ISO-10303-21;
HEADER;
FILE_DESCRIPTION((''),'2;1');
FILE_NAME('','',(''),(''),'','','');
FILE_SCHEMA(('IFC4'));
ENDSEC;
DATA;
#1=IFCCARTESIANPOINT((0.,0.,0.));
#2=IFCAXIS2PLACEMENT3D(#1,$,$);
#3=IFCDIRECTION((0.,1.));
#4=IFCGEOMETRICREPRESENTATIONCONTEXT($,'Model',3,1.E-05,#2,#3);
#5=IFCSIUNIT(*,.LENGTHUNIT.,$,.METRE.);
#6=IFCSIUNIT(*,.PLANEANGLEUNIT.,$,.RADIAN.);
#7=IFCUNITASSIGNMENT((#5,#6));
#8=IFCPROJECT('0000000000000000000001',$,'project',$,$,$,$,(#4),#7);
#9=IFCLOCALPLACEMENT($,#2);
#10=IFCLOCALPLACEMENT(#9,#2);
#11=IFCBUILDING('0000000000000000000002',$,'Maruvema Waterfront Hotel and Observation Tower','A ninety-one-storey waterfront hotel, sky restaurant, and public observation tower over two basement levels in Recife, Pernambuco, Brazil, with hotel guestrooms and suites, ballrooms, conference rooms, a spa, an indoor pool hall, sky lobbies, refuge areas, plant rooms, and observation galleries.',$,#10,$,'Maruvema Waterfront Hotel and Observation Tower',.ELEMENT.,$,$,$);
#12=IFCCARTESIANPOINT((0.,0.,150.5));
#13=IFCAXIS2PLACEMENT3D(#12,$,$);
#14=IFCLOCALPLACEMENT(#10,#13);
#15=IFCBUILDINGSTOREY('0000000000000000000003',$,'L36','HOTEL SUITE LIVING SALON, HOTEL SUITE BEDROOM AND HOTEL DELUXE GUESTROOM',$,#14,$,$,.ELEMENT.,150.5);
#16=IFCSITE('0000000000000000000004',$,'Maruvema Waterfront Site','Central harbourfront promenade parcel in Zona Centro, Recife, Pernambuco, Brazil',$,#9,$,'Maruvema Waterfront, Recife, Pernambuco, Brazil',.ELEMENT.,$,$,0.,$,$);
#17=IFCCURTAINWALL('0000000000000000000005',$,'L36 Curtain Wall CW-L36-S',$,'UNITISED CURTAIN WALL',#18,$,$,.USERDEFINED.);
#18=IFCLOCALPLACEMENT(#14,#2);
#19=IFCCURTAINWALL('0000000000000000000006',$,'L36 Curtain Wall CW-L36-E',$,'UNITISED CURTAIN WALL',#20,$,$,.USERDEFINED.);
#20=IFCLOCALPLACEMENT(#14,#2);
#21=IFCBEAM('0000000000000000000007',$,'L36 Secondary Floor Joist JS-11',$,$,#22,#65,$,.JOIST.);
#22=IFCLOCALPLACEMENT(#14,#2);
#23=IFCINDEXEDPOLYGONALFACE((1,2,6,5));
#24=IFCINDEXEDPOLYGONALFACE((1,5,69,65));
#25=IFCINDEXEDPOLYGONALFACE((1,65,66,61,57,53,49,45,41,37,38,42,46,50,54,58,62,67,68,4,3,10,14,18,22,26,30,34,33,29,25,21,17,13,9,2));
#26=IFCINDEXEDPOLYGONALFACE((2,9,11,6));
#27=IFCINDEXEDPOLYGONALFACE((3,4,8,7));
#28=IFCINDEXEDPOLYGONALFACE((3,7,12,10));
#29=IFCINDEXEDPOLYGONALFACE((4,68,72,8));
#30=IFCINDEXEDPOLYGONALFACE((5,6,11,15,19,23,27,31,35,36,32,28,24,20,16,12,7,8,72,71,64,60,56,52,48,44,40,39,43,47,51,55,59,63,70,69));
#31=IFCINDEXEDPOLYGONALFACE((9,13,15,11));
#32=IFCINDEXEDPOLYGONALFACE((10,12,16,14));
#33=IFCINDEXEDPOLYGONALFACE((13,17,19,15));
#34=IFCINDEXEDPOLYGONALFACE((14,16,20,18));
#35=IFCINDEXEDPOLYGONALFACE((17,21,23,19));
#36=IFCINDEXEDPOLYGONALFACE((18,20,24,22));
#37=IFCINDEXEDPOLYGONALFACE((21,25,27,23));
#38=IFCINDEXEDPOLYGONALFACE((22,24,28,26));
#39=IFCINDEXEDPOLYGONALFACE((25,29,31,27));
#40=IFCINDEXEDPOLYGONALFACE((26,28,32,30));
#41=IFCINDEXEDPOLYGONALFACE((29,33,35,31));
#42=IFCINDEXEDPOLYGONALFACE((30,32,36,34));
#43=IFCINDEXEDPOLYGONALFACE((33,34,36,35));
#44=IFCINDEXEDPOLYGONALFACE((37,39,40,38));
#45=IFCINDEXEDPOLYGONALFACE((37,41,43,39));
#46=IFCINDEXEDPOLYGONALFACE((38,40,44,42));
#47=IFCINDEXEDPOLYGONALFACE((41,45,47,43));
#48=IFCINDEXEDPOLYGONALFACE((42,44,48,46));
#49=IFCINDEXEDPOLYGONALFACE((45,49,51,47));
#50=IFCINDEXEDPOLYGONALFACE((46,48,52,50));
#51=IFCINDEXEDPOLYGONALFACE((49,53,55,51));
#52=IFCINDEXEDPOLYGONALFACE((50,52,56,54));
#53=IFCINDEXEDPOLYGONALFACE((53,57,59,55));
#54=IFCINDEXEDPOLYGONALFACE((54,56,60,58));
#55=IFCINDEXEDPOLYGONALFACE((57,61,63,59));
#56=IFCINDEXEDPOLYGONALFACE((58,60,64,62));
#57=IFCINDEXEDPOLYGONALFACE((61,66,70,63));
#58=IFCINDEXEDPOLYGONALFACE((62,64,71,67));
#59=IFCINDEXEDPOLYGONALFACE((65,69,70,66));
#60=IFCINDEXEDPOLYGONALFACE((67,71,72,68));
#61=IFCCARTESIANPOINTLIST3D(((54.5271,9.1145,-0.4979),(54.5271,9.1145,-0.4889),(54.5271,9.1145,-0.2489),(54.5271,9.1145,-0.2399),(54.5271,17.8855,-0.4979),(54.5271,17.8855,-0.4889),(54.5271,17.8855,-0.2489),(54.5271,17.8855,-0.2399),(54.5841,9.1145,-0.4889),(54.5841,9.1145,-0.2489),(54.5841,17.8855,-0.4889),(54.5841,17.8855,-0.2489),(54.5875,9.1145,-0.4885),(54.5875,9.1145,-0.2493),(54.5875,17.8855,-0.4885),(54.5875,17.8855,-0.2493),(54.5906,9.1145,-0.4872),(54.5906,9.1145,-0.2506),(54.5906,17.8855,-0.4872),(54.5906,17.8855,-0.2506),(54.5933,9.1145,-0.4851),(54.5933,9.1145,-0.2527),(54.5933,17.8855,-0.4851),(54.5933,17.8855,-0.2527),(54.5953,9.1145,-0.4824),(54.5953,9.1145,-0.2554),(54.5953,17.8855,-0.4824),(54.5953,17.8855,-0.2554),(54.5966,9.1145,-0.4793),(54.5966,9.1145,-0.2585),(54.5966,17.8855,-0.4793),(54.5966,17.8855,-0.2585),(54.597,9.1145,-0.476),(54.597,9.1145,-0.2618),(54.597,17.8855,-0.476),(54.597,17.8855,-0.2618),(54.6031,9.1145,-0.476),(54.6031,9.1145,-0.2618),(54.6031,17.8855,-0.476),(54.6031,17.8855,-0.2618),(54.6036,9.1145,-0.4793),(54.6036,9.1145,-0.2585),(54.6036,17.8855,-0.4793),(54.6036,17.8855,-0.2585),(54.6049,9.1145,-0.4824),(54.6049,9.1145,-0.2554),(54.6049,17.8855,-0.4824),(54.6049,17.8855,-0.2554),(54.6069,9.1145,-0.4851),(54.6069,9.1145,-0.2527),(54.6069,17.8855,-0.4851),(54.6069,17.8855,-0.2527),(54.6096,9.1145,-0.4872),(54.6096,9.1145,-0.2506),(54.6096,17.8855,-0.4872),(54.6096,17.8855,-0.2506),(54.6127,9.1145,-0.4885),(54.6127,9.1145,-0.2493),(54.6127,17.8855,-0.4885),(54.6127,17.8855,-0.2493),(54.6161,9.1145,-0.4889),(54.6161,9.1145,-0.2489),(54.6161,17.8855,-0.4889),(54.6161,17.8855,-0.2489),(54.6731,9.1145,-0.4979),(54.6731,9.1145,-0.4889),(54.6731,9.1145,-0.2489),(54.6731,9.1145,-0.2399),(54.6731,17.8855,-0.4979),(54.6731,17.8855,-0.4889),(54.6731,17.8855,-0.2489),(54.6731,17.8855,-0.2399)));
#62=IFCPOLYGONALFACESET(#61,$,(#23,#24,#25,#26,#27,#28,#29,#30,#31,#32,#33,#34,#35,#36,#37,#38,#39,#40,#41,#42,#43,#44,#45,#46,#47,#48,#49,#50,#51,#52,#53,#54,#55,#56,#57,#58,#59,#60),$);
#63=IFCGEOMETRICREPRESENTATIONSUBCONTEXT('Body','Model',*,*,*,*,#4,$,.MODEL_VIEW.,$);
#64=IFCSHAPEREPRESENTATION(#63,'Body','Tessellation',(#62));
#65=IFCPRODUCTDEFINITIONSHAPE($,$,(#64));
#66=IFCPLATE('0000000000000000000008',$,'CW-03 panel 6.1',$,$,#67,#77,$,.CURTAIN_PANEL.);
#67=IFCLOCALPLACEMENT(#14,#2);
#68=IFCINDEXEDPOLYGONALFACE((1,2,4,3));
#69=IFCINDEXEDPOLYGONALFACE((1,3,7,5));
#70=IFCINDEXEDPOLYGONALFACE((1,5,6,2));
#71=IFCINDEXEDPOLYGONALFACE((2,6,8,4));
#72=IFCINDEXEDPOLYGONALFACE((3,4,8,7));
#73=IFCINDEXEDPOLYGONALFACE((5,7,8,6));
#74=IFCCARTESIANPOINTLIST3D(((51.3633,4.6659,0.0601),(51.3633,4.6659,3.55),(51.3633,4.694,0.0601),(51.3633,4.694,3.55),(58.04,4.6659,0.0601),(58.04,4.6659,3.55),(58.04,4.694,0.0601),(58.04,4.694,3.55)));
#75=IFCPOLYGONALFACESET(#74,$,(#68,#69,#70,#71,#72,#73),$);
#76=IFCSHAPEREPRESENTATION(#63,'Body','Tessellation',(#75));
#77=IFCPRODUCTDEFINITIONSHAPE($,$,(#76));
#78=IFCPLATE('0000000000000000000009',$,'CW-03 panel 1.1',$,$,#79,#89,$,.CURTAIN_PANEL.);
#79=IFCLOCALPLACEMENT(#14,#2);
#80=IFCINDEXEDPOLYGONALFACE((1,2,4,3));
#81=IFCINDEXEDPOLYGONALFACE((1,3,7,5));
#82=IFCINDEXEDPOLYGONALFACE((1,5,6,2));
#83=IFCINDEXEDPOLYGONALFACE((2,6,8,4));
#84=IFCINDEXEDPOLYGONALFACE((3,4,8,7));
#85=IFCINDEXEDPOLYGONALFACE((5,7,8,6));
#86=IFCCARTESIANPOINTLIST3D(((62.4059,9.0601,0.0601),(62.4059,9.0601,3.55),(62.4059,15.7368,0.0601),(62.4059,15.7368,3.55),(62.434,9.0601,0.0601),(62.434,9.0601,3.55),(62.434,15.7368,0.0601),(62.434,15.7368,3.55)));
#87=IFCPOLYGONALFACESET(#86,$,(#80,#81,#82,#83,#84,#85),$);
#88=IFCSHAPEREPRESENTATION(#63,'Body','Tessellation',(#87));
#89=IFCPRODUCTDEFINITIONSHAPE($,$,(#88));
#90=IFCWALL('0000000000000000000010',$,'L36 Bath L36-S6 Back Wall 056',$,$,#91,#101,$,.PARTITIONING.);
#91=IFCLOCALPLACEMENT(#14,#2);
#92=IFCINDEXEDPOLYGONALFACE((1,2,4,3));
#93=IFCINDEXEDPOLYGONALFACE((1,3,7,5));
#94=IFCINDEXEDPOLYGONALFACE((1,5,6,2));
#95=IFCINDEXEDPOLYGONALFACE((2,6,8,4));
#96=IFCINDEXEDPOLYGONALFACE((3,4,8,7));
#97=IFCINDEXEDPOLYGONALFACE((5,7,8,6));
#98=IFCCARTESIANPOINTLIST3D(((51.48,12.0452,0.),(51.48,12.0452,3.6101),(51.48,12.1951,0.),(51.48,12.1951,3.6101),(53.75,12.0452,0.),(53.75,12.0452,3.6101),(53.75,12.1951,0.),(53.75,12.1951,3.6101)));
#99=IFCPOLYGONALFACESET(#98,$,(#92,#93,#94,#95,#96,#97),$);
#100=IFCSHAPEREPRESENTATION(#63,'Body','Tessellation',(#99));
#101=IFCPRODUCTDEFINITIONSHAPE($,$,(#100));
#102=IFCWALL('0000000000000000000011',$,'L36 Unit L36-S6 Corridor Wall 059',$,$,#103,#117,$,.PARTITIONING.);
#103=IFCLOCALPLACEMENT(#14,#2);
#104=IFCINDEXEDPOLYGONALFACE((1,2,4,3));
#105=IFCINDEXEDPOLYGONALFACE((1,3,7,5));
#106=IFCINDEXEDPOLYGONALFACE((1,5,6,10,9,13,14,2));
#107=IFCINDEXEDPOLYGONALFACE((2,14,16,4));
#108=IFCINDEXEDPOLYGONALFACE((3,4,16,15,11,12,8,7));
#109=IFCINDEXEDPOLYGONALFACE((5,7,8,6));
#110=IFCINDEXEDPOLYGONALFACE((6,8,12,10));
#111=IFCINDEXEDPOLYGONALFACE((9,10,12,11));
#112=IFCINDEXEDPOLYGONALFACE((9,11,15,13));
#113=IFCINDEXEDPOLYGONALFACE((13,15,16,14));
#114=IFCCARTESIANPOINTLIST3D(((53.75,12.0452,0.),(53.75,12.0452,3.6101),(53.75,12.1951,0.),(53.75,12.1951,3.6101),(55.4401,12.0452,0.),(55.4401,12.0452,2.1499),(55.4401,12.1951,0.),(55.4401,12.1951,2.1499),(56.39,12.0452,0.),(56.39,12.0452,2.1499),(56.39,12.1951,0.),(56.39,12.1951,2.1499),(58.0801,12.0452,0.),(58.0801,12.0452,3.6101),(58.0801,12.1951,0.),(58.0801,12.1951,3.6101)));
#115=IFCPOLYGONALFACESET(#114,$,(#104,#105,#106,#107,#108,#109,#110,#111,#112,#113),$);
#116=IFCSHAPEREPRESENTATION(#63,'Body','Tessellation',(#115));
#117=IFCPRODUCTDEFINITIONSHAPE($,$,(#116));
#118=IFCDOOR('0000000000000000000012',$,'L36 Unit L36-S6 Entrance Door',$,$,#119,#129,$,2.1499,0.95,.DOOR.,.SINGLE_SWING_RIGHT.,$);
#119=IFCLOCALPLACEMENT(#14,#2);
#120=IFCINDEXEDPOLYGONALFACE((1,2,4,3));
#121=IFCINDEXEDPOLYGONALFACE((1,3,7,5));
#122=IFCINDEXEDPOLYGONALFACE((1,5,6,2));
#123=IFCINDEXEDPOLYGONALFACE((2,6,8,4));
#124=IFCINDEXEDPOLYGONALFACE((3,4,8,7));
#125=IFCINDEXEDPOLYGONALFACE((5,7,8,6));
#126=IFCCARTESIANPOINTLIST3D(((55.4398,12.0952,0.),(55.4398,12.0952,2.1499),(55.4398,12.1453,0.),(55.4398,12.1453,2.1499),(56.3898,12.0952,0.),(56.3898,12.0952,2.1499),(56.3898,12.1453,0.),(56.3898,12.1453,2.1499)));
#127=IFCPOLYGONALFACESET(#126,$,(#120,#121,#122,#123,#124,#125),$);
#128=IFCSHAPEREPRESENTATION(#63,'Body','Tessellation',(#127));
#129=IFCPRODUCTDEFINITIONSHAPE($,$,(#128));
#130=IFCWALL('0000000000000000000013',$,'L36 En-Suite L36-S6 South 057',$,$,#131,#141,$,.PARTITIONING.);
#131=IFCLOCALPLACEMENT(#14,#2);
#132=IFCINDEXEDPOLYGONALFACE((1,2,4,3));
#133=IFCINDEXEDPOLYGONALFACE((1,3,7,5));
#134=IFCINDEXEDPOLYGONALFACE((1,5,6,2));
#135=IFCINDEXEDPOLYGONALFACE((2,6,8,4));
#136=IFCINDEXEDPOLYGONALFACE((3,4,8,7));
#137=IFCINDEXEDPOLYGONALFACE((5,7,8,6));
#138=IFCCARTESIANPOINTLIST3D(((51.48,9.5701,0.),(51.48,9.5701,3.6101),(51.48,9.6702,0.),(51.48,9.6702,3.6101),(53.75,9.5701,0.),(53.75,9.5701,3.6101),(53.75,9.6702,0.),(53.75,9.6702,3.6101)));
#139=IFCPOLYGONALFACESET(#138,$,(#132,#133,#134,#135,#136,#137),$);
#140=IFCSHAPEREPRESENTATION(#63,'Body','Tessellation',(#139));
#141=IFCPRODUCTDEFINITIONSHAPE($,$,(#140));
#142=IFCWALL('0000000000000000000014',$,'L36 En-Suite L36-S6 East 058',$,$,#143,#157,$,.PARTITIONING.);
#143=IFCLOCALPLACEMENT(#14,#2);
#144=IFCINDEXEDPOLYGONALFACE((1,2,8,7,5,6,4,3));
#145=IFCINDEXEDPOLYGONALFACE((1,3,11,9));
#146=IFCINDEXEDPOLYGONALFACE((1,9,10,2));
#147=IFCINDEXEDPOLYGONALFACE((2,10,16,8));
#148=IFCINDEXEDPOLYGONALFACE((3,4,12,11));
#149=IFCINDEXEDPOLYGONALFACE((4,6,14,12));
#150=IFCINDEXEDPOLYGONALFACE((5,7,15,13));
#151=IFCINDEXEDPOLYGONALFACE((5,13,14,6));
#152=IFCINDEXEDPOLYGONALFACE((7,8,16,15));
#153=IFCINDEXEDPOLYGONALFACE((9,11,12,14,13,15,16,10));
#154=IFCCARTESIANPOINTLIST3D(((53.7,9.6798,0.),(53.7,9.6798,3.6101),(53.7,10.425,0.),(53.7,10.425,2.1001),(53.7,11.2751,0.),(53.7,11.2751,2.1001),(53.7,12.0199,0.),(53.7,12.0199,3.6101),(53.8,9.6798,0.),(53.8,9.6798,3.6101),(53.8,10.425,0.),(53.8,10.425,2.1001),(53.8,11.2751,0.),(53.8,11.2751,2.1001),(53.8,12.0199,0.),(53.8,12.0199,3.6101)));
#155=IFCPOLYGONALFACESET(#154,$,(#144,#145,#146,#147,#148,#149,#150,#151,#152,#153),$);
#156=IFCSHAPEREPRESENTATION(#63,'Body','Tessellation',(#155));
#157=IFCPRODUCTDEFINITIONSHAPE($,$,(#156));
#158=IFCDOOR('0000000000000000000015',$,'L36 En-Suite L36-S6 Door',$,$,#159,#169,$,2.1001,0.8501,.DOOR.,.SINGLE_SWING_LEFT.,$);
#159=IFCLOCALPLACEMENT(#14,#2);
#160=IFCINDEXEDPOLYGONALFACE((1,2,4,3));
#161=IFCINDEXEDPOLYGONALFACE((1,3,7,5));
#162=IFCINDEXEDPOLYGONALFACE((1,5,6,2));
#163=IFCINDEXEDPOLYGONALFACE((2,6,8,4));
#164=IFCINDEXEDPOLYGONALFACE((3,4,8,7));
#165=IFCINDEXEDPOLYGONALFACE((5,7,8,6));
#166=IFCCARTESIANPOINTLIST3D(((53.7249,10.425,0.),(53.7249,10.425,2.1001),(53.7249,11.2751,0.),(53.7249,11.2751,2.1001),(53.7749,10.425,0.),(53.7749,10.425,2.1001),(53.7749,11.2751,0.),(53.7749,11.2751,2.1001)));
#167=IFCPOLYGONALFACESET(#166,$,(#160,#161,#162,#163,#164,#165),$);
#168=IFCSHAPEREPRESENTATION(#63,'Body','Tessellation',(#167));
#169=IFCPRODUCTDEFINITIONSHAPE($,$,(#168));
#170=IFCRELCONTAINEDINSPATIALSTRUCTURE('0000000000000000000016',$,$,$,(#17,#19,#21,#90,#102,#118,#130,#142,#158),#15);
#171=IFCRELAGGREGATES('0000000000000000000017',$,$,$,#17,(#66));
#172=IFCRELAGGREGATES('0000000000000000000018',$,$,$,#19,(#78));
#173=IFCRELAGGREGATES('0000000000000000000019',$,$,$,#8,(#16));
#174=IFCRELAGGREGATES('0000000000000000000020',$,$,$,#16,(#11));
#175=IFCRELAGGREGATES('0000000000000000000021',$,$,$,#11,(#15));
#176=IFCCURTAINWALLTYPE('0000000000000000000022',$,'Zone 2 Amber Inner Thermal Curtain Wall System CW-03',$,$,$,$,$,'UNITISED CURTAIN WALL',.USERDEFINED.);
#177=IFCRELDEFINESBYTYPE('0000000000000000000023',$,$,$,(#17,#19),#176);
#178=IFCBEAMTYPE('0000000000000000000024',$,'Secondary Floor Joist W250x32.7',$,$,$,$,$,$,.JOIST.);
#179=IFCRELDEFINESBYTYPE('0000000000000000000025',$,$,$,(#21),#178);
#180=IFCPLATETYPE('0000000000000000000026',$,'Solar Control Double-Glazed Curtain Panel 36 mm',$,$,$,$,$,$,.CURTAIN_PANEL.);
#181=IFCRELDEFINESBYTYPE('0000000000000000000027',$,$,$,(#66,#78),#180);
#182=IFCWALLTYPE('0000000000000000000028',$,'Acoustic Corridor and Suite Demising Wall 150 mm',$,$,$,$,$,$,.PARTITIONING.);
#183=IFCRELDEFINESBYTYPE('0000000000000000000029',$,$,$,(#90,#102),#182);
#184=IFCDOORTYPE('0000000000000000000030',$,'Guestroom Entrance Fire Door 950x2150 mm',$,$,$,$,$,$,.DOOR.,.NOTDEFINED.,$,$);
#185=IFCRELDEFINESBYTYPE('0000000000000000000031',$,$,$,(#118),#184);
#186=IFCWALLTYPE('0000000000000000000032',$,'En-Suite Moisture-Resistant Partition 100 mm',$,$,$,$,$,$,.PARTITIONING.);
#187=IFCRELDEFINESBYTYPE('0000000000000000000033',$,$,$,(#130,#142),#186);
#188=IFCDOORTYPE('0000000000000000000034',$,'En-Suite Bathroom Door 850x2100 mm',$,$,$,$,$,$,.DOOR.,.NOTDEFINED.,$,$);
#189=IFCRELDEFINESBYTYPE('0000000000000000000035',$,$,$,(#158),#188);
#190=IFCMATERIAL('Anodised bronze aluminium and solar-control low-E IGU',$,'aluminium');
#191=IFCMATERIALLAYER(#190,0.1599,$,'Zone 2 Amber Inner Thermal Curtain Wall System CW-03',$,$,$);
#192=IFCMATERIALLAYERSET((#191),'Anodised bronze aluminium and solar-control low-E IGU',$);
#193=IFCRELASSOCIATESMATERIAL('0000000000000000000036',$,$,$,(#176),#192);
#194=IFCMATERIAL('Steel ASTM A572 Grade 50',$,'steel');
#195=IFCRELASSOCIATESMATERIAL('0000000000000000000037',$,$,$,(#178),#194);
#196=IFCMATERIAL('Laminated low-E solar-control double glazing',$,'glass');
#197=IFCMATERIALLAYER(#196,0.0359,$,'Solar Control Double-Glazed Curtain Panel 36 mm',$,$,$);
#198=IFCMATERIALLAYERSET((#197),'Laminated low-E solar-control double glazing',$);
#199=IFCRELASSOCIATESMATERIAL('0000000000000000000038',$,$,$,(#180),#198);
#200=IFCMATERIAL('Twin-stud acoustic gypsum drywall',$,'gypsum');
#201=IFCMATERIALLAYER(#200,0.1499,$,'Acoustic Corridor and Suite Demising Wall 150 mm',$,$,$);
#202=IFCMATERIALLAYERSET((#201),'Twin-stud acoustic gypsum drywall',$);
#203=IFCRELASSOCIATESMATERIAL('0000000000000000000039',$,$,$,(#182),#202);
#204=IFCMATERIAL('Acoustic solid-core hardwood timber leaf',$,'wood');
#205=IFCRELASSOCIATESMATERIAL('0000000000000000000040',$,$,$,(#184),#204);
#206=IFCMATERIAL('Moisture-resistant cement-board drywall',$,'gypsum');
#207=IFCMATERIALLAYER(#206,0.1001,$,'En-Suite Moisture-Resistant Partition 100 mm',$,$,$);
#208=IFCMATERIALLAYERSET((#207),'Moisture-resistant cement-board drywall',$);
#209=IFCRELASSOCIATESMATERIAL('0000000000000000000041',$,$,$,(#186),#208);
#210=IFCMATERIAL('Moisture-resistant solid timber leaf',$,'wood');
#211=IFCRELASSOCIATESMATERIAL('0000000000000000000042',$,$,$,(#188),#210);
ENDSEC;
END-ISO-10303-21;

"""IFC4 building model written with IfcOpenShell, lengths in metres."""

from ifc_helpers import new_model, si_unit, direction, frame, frame_2d, origin, origin_2d, place, context, subcontext, project, spatial, rectangle, i_section, extrude, material, layer, layer_set, material_profile, profile_set, type_object, element, fill, aggregate, save


model = new_model("IFC4")

# Units and contexts
model_context = context("Model", 3, precision=1e-05, world=origin(), true_north=direction((0.0, 1.0)))
body_context = subcontext(model_context, "Body", "Model", "MODEL_VIEW")
ifc_project = project(units=[si_unit("LENGTHUNIT", "METRE"), si_unit("PLANEANGLEUNIT", "RADIAN")], contexts=[model_context])

# Site, building, storey
site_placement = place(None, origin())
site = spatial("IfcSite", under=ifc_project, at=site_placement, Name="Maruvema Waterfront Site", Description="Central harbourfront promenade parcel in Zona Centro, Recife, Pernambuco, Brazil", LongName="Maruvema Waterfront, Recife, Pernambuco, Brazil", CompositionType="ELEMENT", RefElevation=0.0)
building_placement = place(site_placement, origin())
building = spatial("IfcBuilding", under=site, at=building_placement, Name="Maruvema Waterfront Hotel and Observation Tower", Description="A ninety-one-storey waterfront hotel, sky restaurant, and public observation tower over two basement levels in Recife, Pernambuco, Brazil, with hotel guestrooms and suites, ballrooms, conference rooms, a spa, an indoor pool hall, sky lobbies, refuge areas, plant rooms, and observation galleries.", LongName="Maruvema Waterfront Hotel and Observation Tower", CompositionType="ELEMENT")
storey_placement = place(building_placement, frame((0.0, 0.0, 150.5)))
storey = spatial("IfcBuildingStorey", under=building, at=storey_placement, Name="L36", Description="HOTEL SUITE LIVING SALON, HOTEL SUITE BEDROOM AND HOTEL DELUXE GUESTROOM", CompositionType="ELEMENT", Elevation=150.5)

# Curtain walls
ifc_material_1 = material(Name="Anodised bronze aluminium and solar-control low-E IGU", Category="aluminium")
ifc_layer_1 = layer(ifc_material_1, 0.1599, Name="Zone 2 Amber Inner Thermal Curtain Wall System CW-03")
ifc_layer_set_1 = layer_set([ifc_layer_1], Name="Anodised bronze aluminium and solar-control low-E IGU")
curtain_wall_type = type_object("IfcCurtainWallType", Name="Zone 2 Amber Inner Thermal Curtain Wall System CW-03", ElementType="UNITISED CURTAIN WALL", PredefinedType="USERDEFINED", material=ifc_layer_set_1)
curtain_wall_1_placement = place(storey_placement, origin())
curtain_wall_1 = element("IfcCurtainWall", 1, at=curtain_wall_1_placement, inside=storey, type_object=curtain_wall_type, Name="L36 Curtain Wall CW-L36-S", ObjectType="UNITISED CURTAIN WALL", PredefinedType="USERDEFINED")
curtain_wall_2_placement = place(storey_placement, origin())
curtain_wall_2 = element("IfcCurtainWall", 2, at=curtain_wall_2_placement, inside=storey, type_object=curtain_wall_type, Name="L36 Curtain Wall CW-L36-E", ObjectType="UNITISED CURTAIN WALL", PredefinedType="USERDEFINED")

# Beam
ifc_material_2 = material(Name="Steel ASTM A572 Grade 50", Category="steel")
ifc_material_profile_1 = material_profile(ifc_material_2, i_section(OverallWidth=0.146, OverallDepth=0.2581, WebThickness=0.0061, FlangeThickness=0.009, FilletRadius=0.0129, at=origin_2d()), Name="W250x32.7")
ifc_profile_set_1 = profile_set([ifc_material_profile_1], Name="Steel ASTM A572 Grade 50")
beam_type_1 = type_object("IfcBeamType", Name="Secondary Floor Joist W250x32.7", PredefinedType="JOIST", material=ifc_profile_set_1)
beam_1_placement = place(storey_placement, frame((54.6001, 9.1145, -0.3689), z_axis=(0.0, 1.0, 0.0), x_axis=(-1.0, 0.0, 0.0)))
element("IfcBeam", 3, at=beam_1_placement, inside=storey, type_object=beam_type_1, Name="L36 Secondary Floor Joist JS-11", PredefinedType="JOIST", context=body_context, shape_type="SweptSolid", body=[
    extrude(i_section(OverallWidth=0.146, OverallDepth=0.2581, WebThickness=0.0061, FlangeThickness=0.009, FilletRadius=0.0129, at=origin_2d()), origin(), (0.0, 0.0, 1.0), 8.771),
])

# Plates
ifc_material_3 = material(Name="Laminated low-E solar-control double glazing", Category="glass")
ifc_layer_2 = layer(ifc_material_3, 0.0359, Name="Solar Control Double-Glazed Curtain Panel 36 mm")
ifc_layer_set_2 = layer_set([ifc_layer_2], Name="Laminated low-E solar-control double glazing")
plate_type = type_object("IfcPlateType", Name="Solar Control Double-Glazed Curtain Panel 36 mm", PredefinedType="CURTAIN_PANEL", material=ifc_layer_set_2)
plate_1_placement = place(storey_placement, frame((54.7017, 4.6799, 0.0601), z_axis=(0.0, 0.0, 1.0), x_axis=(1.0, 0.0, 0.0)))
plate_1 = element("IfcPlate", 4, at=plate_1_placement, type_object=plate_type, Name="CW-03 panel 6.1", PredefinedType="CURTAIN_PANEL", context=body_context, shape_type="SweptSolid", body=[
    extrude(rectangle(XDim=6.6768, YDim=0.0281, at=origin_2d()), origin(), (0.0, 0.0, 1.0), 3.49),
])
aggregate(curtain_wall_1, [plate_1])
plate_2_placement = place(storey_placement, frame((62.4199, 12.3984, 0.0601), z_axis=(0.0, 0.0, 1.0), x_axis=(0.0, 1.0, 0.0)))
plate_2 = element("IfcPlate", 5, at=plate_2_placement, type_object=plate_type, Name="CW-03 panel 1.1", PredefinedType="CURTAIN_PANEL", context=body_context, shape_type="SweptSolid", body=[
    extrude(rectangle(XDim=6.6768, YDim=0.0281, at=origin_2d()), origin(), (0.0, 0.0, 1.0), 3.49),
])
aggregate(curtain_wall_2, [plate_2])

# Wall
ifc_material_4 = material(Name="Twin-stud acoustic gypsum drywall", Category="gypsum")
ifc_layer_3 = layer(ifc_material_4, 0.1499, Name="Acoustic Corridor and Suite Demising Wall 150 mm")
ifc_layer_set_3 = layer_set([ifc_layer_3], Name="Twin-stud acoustic gypsum drywall")
wall_type_1 = type_object("IfcWallType", Name="Acoustic Corridor and Suite Demising Wall 150 mm", PredefinedType="PARTITIONING", material=ifc_layer_set_3)
wall_1_placement = place(storey_placement, frame((51.48, 12.1201, 0.0), z_axis=(0.0, 0.0, 1.0), x_axis=(1.0, 0.0, 0.0)))
element("IfcWall", 6, at=wall_1_placement, inside=storey, type_object=wall_type_1, Name="L36 Bath L36-S6 Back Wall 056", PredefinedType="PARTITIONING", context=body_context, shape_type="SweptSolid", body=[
    extrude(rectangle(XDim=2.27, YDim=0.1499, at=frame_2d((1.135, 0.0))), origin(), (0.0, 0.0, 1.0), 3.6101),
])

# Wall, opening, door
wall_2_placement = place(storey_placement, frame((53.75, 12.1201, 0.0), z_axis=(0.0, 0.0, 1.0), x_axis=(1.0, 0.0, 0.0)))
wall_2 = element("IfcWall", 7, at=wall_2_placement, inside=storey, type_object=wall_type_1, Name="L36 Unit L36-S6 Corridor Wall 059", PredefinedType="PARTITIONING", context=body_context, shape_type="SweptSolid", body=[
    extrude(rectangle(XDim=4.3301, YDim=0.1499, at=frame_2d((2.165, 0.0))), origin(), (0.0, 0.0, 1.0), 3.6101),
])
opening_1_placement = place(wall_2_placement, frame((1.6899, 0.0, 0.0)))
opening_1 = element("IfcOpeningElement", 8, at=opening_1_placement, cuts=wall_2, PredefinedType="OPENING", context=body_context, shape_type="SweptSolid", body=[
    extrude(rectangle(XDim=0.95, YDim=2.1499, at=frame_2d((0.4751, 1.075))), frame((0.0, 0.085, 0.0), z_axis=(0.0, -1.0, 0.0), x_axis=(1.0, 0.0, 0.0)), (0.0, 0.0, 1.0), 0.1699),
])
ifc_material_5 = material(Name="Acoustic solid-core hardwood timber leaf", Category="wood")
door_type_1 = type_object("IfcDoorType", Name="Guestroom Entrance Fire Door 950x2150 mm", OperationType="NOTDEFINED", PredefinedType="DOOR", material=ifc_material_5)
door_1_placement = place(opening_1_placement, frame((0.95, 0.0, 0.0), z_axis=(0.0, 0.0, 1.0), x_axis=(-1.0, 0.0, 0.0)))
door_1 = element("IfcDoor", 9, at=door_1_placement, inside=storey, type_object=door_type_1, Name="L36 Unit L36-S6 Entrance Door", OperationType="SINGLE_SWING_RIGHT", OverallHeight=2.1499, OverallWidth=0.95, PredefinedType="DOOR", context=body_context, shape_type="SweptSolid", body=[
    extrude(rectangle(XDim=0.95, YDim=2.1499, at=frame_2d((0.4751, 1.075))), frame((0.0, 0.0249, 0.0), z_axis=(0.0, -1.0, 0.0), x_axis=(1.0, 0.0, 0.0)), (0.0, 0.0, 1.0), 0.05),
])
fill(opening_1, door_1)

# Wall
ifc_material_6 = material(Name="Moisture-resistant cement-board drywall", Category="gypsum")
ifc_layer_4 = layer(ifc_material_6, 0.1001, Name="En-Suite Moisture-Resistant Partition 100 mm")
ifc_layer_set_4 = layer_set([ifc_layer_4], Name="Moisture-resistant cement-board drywall")
wall_type_2 = type_object("IfcWallType", Name="En-Suite Moisture-Resistant Partition 100 mm", PredefinedType="PARTITIONING", material=ifc_layer_set_4)
wall_3_placement = place(storey_placement, frame((51.48, 9.6201, 0.0), z_axis=(0.0, 0.0, 1.0), x_axis=(1.0, 0.0, 0.0)))
element("IfcWall", 10, at=wall_3_placement, inside=storey, type_object=wall_type_2, Name="L36 En-Suite L36-S6 South 057", PredefinedType="PARTITIONING", context=body_context, shape_type="SweptSolid", body=[
    extrude(rectangle(XDim=2.27, YDim=0.1001, at=frame_2d((1.135, 0.0))), origin(), (0.0, 0.0, 1.0), 3.6101),
])

# Wall, opening, door
wall_4_placement = place(storey_placement, frame((53.75, 9.6799, 0.0), z_axis=(0.0, 0.0, 1.0), x_axis=(0.0, 1.0, 0.0)))
wall_4 = element("IfcWall", 11, at=wall_4_placement, inside=storey, type_object=wall_type_2, Name="L36 En-Suite L36-S6 East 058", PredefinedType="PARTITIONING", context=body_context, shape_type="SweptSolid", body=[
    extrude(rectangle(XDim=2.3401, YDim=0.1001, at=frame_2d((1.1699, 0.0))), origin(), (0.0, 0.0, 1.0), 3.6101),
])
opening_2_placement = place(wall_4_placement, frame((0.7451, 0.0, 0.0)))
opening_2 = element("IfcOpeningElement", 12, at=opening_2_placement, cuts=wall_4, PredefinedType="OPENING", context=body_context, shape_type="SweptSolid", body=[
    extrude(rectangle(XDim=0.8501, YDim=2.1001, at=frame_2d((0.425, 1.05))), frame((0.0, 0.0601, 0.0), z_axis=(0.0, -1.0, 0.0), x_axis=(1.0, 0.0, 0.0)), (0.0, 0.0, 1.0), 0.1201),
])
ifc_material_7 = material(Name="Moisture-resistant solid timber leaf", Category="wood")
door_type_2 = type_object("IfcDoorType", Name="En-Suite Bathroom Door 850x2100 mm", OperationType="NOTDEFINED", PredefinedType="DOOR", material=ifc_material_7)
door_2_placement = place(opening_2_placement, frame((0.8501, 0.0, 0.0), z_axis=(0.0, 0.0, 1.0), x_axis=(-1.0, 0.0, 0.0)))
door_2 = element("IfcDoor", 13, at=door_2_placement, inside=storey, type_object=door_type_2, Name="L36 En-Suite L36-S6 Door", OperationType="SINGLE_SWING_LEFT", OverallHeight=2.1001, OverallWidth=0.8501, PredefinedType="DOOR", context=body_context, shape_type="SweptSolid", body=[
    extrude(rectangle(XDim=0.8501, YDim=2.1001, at=frame_2d((0.425, 1.05))), frame((0.0, 0.0249, 0.0), z_axis=(0.0, -1.0, 0.0), x_axis=(1.0, 0.0, 0.0)), (0.0, 0.0, 1.0), 0.05),
])
fill(opening_2, door_2)

save(model, "model.ifc")
